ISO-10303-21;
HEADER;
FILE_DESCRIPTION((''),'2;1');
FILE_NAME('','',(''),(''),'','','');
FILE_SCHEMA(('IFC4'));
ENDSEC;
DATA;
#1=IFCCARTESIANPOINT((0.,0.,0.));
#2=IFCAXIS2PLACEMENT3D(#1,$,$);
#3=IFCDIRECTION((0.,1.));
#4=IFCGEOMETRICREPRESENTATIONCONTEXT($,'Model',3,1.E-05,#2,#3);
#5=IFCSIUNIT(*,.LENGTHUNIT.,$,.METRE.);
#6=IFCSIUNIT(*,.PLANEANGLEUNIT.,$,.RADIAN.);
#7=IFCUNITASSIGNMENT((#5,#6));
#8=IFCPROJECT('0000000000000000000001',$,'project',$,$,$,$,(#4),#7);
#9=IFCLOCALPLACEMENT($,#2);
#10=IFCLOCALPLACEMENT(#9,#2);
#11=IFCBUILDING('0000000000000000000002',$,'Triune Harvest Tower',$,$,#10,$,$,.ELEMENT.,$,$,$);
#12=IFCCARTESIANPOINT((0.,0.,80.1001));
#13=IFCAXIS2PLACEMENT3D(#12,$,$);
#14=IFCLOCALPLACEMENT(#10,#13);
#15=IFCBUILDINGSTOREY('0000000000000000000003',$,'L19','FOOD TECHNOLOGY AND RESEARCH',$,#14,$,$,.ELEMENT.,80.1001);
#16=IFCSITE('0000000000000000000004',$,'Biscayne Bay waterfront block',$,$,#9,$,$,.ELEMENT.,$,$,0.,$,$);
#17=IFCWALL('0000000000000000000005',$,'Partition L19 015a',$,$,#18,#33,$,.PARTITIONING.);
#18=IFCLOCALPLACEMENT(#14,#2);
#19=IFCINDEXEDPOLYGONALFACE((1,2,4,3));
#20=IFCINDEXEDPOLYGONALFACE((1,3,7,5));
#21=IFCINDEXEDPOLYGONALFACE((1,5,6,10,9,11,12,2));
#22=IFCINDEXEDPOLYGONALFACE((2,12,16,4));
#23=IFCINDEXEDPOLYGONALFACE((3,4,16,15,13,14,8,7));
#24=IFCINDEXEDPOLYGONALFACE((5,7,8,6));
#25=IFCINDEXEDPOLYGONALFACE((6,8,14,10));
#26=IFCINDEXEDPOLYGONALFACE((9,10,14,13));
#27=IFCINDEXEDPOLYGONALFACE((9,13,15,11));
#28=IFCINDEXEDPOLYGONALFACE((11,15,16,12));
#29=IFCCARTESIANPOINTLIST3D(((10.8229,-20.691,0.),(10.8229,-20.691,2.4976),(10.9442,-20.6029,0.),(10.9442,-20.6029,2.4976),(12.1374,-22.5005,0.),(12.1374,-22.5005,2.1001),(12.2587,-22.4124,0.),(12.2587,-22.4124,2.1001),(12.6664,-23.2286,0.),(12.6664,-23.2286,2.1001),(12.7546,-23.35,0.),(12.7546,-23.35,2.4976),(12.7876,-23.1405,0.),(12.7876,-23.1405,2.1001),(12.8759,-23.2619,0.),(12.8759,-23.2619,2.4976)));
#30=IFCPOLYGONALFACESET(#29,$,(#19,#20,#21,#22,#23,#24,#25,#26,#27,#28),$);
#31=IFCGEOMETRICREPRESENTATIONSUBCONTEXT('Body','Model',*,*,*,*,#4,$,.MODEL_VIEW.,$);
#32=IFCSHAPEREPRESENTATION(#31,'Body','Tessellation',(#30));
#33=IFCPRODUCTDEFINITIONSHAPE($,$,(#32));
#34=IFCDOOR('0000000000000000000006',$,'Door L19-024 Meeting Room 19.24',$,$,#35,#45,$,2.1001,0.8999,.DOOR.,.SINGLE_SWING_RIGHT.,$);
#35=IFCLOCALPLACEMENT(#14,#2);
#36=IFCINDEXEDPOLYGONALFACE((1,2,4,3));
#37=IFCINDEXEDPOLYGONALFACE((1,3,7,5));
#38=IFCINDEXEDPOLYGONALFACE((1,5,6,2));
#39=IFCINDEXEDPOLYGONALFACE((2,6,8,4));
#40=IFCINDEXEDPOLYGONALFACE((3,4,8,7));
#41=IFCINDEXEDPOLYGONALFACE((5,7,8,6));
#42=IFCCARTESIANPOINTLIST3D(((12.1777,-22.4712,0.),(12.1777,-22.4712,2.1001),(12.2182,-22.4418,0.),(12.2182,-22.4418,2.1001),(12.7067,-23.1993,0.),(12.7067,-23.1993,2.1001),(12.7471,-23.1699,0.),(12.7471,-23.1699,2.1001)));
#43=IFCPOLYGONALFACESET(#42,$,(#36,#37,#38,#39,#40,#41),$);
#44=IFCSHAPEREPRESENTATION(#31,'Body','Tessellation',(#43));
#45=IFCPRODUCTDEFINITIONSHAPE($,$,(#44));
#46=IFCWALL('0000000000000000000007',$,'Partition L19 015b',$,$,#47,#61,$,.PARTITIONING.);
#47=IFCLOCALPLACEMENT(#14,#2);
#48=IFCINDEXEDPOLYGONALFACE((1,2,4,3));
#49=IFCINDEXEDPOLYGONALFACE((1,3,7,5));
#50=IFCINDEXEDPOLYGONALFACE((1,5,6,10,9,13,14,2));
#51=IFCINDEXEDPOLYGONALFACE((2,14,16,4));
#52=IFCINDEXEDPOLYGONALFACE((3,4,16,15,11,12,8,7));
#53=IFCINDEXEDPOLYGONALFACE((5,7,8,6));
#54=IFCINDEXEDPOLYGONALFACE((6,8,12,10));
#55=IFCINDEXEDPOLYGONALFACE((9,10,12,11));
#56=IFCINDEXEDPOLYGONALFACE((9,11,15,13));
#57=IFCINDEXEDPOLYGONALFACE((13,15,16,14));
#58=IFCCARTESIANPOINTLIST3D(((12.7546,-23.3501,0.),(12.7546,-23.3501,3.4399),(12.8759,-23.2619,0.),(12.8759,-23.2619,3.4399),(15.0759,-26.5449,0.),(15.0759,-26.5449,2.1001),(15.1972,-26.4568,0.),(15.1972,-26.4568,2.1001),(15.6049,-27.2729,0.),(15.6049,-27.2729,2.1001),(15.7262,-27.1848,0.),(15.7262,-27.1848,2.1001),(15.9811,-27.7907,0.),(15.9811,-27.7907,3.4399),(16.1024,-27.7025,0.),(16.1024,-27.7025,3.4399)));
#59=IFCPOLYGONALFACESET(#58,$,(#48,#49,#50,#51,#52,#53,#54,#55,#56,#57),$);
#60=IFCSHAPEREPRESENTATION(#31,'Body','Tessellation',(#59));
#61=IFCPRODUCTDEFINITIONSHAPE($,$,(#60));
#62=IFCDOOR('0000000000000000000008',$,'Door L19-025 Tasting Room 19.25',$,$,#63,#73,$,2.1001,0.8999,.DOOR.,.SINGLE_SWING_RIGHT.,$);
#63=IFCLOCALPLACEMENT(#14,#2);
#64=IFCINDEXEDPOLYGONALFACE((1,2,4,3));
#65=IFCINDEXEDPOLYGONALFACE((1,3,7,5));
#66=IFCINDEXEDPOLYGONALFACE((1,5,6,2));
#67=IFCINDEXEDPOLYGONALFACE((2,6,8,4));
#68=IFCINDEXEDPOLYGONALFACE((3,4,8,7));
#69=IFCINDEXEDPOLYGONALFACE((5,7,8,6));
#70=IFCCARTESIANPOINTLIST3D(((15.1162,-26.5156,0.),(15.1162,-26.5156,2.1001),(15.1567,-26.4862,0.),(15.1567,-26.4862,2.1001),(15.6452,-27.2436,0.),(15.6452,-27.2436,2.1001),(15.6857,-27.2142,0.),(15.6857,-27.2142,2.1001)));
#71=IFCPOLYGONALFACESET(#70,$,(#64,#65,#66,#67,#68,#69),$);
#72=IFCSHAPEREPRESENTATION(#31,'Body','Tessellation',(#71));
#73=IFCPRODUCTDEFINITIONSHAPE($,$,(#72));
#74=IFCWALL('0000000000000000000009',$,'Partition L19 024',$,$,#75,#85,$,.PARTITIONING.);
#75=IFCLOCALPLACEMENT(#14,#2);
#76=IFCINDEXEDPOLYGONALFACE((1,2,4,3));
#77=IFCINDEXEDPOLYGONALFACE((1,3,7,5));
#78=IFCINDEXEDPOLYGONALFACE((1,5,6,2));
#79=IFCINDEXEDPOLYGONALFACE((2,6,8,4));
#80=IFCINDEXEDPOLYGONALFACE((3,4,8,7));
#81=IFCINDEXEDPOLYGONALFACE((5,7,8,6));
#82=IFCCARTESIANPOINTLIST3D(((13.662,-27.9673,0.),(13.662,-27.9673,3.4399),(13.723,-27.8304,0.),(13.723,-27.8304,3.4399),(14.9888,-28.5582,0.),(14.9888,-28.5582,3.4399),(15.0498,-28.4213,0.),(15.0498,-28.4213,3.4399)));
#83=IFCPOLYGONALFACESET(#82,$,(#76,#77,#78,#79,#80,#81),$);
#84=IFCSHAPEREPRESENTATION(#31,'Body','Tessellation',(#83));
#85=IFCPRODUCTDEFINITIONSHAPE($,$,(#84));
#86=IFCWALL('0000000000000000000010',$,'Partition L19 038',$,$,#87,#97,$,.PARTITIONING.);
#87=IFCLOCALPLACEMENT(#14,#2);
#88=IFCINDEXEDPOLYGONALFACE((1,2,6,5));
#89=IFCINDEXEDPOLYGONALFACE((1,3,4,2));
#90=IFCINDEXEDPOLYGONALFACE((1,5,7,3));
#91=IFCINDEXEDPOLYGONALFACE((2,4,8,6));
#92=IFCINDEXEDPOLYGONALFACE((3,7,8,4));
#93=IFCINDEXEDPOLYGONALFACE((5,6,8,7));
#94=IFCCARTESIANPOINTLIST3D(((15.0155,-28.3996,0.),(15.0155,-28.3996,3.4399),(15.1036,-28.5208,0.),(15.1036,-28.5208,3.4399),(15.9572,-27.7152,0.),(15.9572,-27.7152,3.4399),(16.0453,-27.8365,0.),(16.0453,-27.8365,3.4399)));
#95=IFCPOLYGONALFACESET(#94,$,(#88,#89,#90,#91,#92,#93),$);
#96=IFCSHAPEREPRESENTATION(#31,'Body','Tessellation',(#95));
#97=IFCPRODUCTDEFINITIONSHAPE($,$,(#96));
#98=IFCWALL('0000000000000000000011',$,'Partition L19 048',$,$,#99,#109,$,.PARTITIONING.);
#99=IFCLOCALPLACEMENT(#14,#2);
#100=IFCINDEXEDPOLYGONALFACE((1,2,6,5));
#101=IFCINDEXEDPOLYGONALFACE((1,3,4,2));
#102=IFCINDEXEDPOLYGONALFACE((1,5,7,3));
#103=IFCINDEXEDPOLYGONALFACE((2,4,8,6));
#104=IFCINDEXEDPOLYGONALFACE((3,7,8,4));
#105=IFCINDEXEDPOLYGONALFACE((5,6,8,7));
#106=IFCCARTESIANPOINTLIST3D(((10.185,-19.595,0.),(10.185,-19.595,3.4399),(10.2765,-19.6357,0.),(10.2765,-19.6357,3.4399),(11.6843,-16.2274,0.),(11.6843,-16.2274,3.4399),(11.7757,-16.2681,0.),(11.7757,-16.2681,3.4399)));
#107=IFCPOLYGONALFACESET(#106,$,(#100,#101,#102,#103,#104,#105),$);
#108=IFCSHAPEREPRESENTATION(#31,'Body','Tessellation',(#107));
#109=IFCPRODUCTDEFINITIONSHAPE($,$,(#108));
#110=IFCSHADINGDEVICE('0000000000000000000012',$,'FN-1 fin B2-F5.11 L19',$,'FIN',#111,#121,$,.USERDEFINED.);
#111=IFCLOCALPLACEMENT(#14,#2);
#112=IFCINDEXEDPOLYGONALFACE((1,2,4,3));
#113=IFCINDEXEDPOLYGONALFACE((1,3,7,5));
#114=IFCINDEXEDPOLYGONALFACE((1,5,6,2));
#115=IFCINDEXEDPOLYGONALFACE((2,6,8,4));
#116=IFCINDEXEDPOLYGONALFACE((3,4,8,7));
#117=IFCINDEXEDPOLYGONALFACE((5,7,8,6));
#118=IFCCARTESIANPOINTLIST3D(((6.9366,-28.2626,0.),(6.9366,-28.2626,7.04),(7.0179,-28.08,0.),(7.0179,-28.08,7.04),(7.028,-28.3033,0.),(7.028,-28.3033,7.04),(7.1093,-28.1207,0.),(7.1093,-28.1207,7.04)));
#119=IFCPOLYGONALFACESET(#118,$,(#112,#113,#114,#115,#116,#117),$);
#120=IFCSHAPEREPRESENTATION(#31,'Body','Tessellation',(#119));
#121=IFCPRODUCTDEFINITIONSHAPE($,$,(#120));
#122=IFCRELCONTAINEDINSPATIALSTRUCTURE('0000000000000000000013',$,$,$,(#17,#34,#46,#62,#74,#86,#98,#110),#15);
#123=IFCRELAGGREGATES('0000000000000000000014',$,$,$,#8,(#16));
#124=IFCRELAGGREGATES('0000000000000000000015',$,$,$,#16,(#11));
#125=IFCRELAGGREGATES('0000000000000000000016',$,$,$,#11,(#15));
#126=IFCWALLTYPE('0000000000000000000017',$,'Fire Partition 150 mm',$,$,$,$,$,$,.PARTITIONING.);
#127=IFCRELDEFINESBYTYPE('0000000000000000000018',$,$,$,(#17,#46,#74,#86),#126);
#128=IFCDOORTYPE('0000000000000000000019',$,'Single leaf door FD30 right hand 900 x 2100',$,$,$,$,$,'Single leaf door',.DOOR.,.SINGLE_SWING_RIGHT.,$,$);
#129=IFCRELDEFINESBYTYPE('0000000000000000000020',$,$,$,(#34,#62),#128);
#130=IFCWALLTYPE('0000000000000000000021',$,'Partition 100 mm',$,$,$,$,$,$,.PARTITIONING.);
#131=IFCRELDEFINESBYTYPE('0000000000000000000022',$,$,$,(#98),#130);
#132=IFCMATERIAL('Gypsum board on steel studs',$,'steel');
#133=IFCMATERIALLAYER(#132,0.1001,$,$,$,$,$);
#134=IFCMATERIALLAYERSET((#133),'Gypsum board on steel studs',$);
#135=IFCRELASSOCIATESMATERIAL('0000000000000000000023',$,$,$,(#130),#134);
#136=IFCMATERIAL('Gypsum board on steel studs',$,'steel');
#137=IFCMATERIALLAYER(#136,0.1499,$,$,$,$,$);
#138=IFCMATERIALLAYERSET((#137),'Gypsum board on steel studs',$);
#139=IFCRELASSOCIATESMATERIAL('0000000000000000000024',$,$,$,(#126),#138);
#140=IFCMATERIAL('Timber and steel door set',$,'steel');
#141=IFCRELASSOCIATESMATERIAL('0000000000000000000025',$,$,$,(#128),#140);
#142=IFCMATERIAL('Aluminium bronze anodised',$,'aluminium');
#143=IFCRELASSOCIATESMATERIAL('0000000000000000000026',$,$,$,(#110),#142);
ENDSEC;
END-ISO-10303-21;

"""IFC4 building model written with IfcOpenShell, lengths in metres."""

from ifc_helpers import new_model, si_unit, direction, frame, frame_2d, origin, origin_2d, place, context, subcontext, project, spatial, rectangle, extrude, source, transform, mapped, material, layer, layer_set, type_object, element, fill, save


model = new_model("IFC4")

# Units and contexts
model_context = context("Model", 3, precision=1e-05, world=origin(), true_north=direction((0.0, 1.0)))
body_context = subcontext(model_context, "Body", "Model", "MODEL_VIEW")
ifc_project = project(units=[si_unit("LENGTHUNIT", "METRE"), si_unit("PLANEANGLEUNIT", "RADIAN")], contexts=[model_context])

# Site, building, storey
site_placement = place(None, origin())
site = spatial("IfcSite", under=ifc_project, at=site_placement, Name="Biscayne Bay waterfront block", CompositionType="ELEMENT", RefElevation=0.0)
building_placement = place(site_placement, origin())
building = spatial("IfcBuilding", under=site, at=building_placement, Name="Triune Harvest Tower", CompositionType="ELEMENT")
storey_placement = place(building_placement, frame((0.0, 0.0, 80.1001)))
storey = spatial("IfcBuildingStorey", under=building, at=storey_placement, Name="L19", Description="FOOD TECHNOLOGY AND RESEARCH", CompositionType="ELEMENT", Elevation=80.1001)

# Shared definitions
ifc_material_1 = material(Name="Gypsum board on steel studs", Category="steel")
ifc_layer_1 = layer(ifc_material_1, 0.1001)
ifc_layer_set_1 = layer_set([ifc_layer_1], Name="Gypsum board on steel studs")
wall_type_1 = type_object("IfcWallType", Name="Partition 100 mm", PredefinedType="PARTITIONING", material=ifc_layer_set_1)

# Walls, openings, doors
ifc_material_2 = material(Name="Gypsum board on steel studs", Category="steel")
ifc_layer_2 = layer(ifc_material_2, 0.1499)
ifc_layer_set_2 = layer_set([ifc_layer_2], Name="Gypsum board on steel studs")
wall_type_2 = type_object("IfcWallType", Name="Fire Partition 150 mm", PredefinedType="PARTITIONING", material=ifc_layer_set_2)
shared_shape_1 = source(origin(), body_context, "Body", "SweptSolid", [
    extrude(rectangle(XDim=3.2866, YDim=0.1499, at=frame_2d((1.6433, 0.0))), origin(), (0.0, 0.0, 1.0), 2.4976),
])
wall_1_placement = place(storey_placement, frame((10.8835, -20.647, 0.0), z_axis=(0.0, 0.0, 1.0), x_axis=(0.587748, -0.809044, 0.0)))
wall_1 = element("IfcWall", 1, at=wall_1_placement, inside=storey, type_object=wall_type_2, Name="Partition L19 015a", PredefinedType="PARTITIONING", context=body_context, shape_type="MappedRepresentation", body=[
    mapped(shared_shape_1, transform((0.0, 0.0, 0.0), scale=1.0)),
])
opening_1_placement = place(wall_1_placement, frame((2.2366, 0.0, 0.0)))
opening_1 = element("IfcOpeningElement", 2, at=opening_1_placement, cuts=wall_1, PredefinedType="OPENING", context=body_context, shape_type="SweptSolid", body=[
    extrude(rectangle(XDim=0.8999, YDim=2.1001, at=frame_2d((0.45, 1.05))), frame((0.0, 0.085, 0.0), z_axis=(0.0, -1.0, 0.0), x_axis=(1.0, 0.0, 0.0)), (0.0, 0.0, 1.0), 0.1699),
])
ifc_material_3 = material(Name="Timber and steel door set", Category="steel")
door_type = type_object("IfcDoorType", Name="Single leaf door FD30 right hand 900 x 2100", ElementType="Single leaf door", OperationType="SINGLE_SWING_RIGHT", PredefinedType="DOOR", material=ifc_material_3)
door_1_placement = place(opening_1_placement, origin())
door_1 = element("IfcDoor", 3, at=door_1_placement, inside=storey, type_object=door_type, Name="Door L19-024 Meeting Room 19.24", OperationType="SINGLE_SWING_RIGHT", OverallHeight=2.1001, OverallWidth=0.8999, PredefinedType="DOOR", context=body_context, shape_type="SweptSolid", body=[
    extrude(rectangle(XDim=0.8999, YDim=2.1001, at=frame_2d((0.45, 1.05))), frame((0.0, 0.0249, 0.0), z_axis=(0.0, -1.0, 0.0), x_axis=(1.0, 0.0, 0.0)), (0.0, 0.0, 1.0), 0.05),
])
fill(opening_1, door_1)
shared_shape_2 = source(origin(), body_context, "Body", "SweptSolid", [
    extrude(rectangle(XDim=5.489, YDim=0.1499, at=frame_2d((2.7446, 0.0))), origin(), (0.0, 0.0, 1.0), 3.4399),
])
wall_2_placement = place(storey_placement, frame((12.8152, -23.3059, 0.0), z_axis=(0.0, 0.0, 1.0), x_axis=(0.587812, -0.808998, 0.0)))
wall_2 = element("IfcWall", 4, at=wall_2_placement, inside=storey, type_object=wall_type_2, Name="Partition L19 015b", PredefinedType="PARTITIONING", context=body_context, shape_type="MappedRepresentation", body=[
    mapped(shared_shape_2, transform((0.0, 0.0, 0.0), scale=1.0)),
])
opening_2_placement = place(wall_2_placement, frame((3.9492, 0.0, 0.0)))
opening_2 = element("IfcOpeningElement", 5, at=opening_2_placement, cuts=wall_2, PredefinedType="OPENING", context=body_context, shape_type="SweptSolid", body=[
    extrude(rectangle(XDim=0.8999, YDim=2.1001, at=frame_2d((0.45, 1.05))), frame((0.0, 0.085, 0.0), z_axis=(0.0, -1.0, 0.0), x_axis=(1.0, 0.0, 0.0)), (0.0, 0.0, 1.0), 0.1699),
])
door_2_placement = place(opening_2_placement, origin())
door_2 = element("IfcDoor", 6, at=door_2_placement, inside=storey, type_object=door_type, Name="Door L19-025 Tasting Room 19.25", OperationType="SINGLE_SWING_RIGHT", OverallHeight=2.1001, OverallWidth=0.8999, PredefinedType="DOOR", context=body_context, shape_type="SweptSolid", body=[
    extrude(rectangle(XDim=0.8999, YDim=2.1001, at=frame_2d((0.45, 1.05))), frame((0.0, 0.0249, 0.0), z_axis=(0.0, -1.0, 0.0), x_axis=(1.0, 0.0, 0.0)), (0.0, 0.0, 1.0), 0.05),
])
fill(opening_2, door_2)

# Walls
shared_shape_3 = source(origin(), body_context, "Body", "SweptSolid", [
    extrude(rectangle(XDim=1.4524, YDim=0.1499, at=frame_2d((0.7261, 0.0))), origin(), (0.0, 0.0, 1.0), 3.4399),
])
wall_3_placement = place(storey_placement, frame((13.6926, -27.8989, 0.0), z_axis=(0.0, 0.0, 1.0), x_axis=(0.913506, -0.406825, 0.0)))
element("IfcWall", 7, at=wall_3_placement, inside=storey, type_object=wall_type_2, Name="Partition L19 024", PredefinedType="PARTITIONING", context=body_context, shape_type="MappedRepresentation", body=[
    mapped(shared_shape_3, transform((0.0, 0.0, 0.0), scale=1.0)),
])
shared_shape_4 = source(origin(), body_context, "Body", "SweptSolid", [
    extrude(rectangle(XDim=1.1641, YDim=0.1499, at=frame_2d((0.582, 0.0))), origin(), (0.0, 0.0, 1.0), 3.4399),
])
wall_4_placement = place(storey_placement, frame((15.0596, -28.4602, 0.0), z_axis=(0.0, 0.0, 1.0), x_axis=(0.808945, 0.587885, 0.0)))
element("IfcWall", 8, at=wall_4_placement, inside=storey, type_object=wall_type_2, Name="Partition L19 038", PredefinedType="PARTITIONING", context=body_context, shape_type="MappedRepresentation", body=[
    mapped(shared_shape_4, transform((0.0, 0.0, 0.0), scale=1.0)),
])
shared_shape_5 = source(origin(), body_context, "Body", "SweptSolid", [
    extrude(rectangle(XDim=3.6863, YDim=0.1001, at=frame_2d((1.8433, 0.0))), origin(), (0.0, 0.0, 1.0), 3.4399),
])
wall_5_placement = place(storey_placement, frame((10.2307, -19.6155, 0.0), z_axis=(0.0, 0.0, 1.0), x_axis=(0.40671, 0.913557, 0.0)))
element("IfcWall", 9, at=wall_5_placement, inside=storey, type_object=wall_type_1, Name="Partition L19 048", PredefinedType="PARTITIONING", context=body_context, shape_type="MappedRepresentation", body=[
    mapped(shared_shape_5, transform((0.0, 0.0, 0.0), scale=1.0)),
])

# Shading device
ifc_material_4 = material(Name="Aluminium bronze anodised", Category="aluminium")
shared_shape_6 = source(origin(), body_context, "Body", "SweptSolid", [
    extrude(rectangle(XDim=0.1001, YDim=0.2, at=origin_2d()), origin(), (0.0, 0.0, 1.0), 7.04),
])
shading_device_placement = place(storey_placement, frame((7.0229, -28.1917, 0.0), z_axis=(0.0, 0.0, 1.0), x_axis=(0.913545, -0.406737, 0.0)))
element("IfcShadingDevice", 10, at=shading_device_placement, inside=storey, material=ifc_material_4, Name="FN-1 fin B2-F5.11 L19", ObjectType="FIN", PredefinedType="USERDEFINED", context=body_context, shape_type="MappedRepresentation", body=[
    mapped(shared_shape_6, transform((0.0, 0.0, 0.0), scale=1.0)),
])

save(model, "model.ifc")
